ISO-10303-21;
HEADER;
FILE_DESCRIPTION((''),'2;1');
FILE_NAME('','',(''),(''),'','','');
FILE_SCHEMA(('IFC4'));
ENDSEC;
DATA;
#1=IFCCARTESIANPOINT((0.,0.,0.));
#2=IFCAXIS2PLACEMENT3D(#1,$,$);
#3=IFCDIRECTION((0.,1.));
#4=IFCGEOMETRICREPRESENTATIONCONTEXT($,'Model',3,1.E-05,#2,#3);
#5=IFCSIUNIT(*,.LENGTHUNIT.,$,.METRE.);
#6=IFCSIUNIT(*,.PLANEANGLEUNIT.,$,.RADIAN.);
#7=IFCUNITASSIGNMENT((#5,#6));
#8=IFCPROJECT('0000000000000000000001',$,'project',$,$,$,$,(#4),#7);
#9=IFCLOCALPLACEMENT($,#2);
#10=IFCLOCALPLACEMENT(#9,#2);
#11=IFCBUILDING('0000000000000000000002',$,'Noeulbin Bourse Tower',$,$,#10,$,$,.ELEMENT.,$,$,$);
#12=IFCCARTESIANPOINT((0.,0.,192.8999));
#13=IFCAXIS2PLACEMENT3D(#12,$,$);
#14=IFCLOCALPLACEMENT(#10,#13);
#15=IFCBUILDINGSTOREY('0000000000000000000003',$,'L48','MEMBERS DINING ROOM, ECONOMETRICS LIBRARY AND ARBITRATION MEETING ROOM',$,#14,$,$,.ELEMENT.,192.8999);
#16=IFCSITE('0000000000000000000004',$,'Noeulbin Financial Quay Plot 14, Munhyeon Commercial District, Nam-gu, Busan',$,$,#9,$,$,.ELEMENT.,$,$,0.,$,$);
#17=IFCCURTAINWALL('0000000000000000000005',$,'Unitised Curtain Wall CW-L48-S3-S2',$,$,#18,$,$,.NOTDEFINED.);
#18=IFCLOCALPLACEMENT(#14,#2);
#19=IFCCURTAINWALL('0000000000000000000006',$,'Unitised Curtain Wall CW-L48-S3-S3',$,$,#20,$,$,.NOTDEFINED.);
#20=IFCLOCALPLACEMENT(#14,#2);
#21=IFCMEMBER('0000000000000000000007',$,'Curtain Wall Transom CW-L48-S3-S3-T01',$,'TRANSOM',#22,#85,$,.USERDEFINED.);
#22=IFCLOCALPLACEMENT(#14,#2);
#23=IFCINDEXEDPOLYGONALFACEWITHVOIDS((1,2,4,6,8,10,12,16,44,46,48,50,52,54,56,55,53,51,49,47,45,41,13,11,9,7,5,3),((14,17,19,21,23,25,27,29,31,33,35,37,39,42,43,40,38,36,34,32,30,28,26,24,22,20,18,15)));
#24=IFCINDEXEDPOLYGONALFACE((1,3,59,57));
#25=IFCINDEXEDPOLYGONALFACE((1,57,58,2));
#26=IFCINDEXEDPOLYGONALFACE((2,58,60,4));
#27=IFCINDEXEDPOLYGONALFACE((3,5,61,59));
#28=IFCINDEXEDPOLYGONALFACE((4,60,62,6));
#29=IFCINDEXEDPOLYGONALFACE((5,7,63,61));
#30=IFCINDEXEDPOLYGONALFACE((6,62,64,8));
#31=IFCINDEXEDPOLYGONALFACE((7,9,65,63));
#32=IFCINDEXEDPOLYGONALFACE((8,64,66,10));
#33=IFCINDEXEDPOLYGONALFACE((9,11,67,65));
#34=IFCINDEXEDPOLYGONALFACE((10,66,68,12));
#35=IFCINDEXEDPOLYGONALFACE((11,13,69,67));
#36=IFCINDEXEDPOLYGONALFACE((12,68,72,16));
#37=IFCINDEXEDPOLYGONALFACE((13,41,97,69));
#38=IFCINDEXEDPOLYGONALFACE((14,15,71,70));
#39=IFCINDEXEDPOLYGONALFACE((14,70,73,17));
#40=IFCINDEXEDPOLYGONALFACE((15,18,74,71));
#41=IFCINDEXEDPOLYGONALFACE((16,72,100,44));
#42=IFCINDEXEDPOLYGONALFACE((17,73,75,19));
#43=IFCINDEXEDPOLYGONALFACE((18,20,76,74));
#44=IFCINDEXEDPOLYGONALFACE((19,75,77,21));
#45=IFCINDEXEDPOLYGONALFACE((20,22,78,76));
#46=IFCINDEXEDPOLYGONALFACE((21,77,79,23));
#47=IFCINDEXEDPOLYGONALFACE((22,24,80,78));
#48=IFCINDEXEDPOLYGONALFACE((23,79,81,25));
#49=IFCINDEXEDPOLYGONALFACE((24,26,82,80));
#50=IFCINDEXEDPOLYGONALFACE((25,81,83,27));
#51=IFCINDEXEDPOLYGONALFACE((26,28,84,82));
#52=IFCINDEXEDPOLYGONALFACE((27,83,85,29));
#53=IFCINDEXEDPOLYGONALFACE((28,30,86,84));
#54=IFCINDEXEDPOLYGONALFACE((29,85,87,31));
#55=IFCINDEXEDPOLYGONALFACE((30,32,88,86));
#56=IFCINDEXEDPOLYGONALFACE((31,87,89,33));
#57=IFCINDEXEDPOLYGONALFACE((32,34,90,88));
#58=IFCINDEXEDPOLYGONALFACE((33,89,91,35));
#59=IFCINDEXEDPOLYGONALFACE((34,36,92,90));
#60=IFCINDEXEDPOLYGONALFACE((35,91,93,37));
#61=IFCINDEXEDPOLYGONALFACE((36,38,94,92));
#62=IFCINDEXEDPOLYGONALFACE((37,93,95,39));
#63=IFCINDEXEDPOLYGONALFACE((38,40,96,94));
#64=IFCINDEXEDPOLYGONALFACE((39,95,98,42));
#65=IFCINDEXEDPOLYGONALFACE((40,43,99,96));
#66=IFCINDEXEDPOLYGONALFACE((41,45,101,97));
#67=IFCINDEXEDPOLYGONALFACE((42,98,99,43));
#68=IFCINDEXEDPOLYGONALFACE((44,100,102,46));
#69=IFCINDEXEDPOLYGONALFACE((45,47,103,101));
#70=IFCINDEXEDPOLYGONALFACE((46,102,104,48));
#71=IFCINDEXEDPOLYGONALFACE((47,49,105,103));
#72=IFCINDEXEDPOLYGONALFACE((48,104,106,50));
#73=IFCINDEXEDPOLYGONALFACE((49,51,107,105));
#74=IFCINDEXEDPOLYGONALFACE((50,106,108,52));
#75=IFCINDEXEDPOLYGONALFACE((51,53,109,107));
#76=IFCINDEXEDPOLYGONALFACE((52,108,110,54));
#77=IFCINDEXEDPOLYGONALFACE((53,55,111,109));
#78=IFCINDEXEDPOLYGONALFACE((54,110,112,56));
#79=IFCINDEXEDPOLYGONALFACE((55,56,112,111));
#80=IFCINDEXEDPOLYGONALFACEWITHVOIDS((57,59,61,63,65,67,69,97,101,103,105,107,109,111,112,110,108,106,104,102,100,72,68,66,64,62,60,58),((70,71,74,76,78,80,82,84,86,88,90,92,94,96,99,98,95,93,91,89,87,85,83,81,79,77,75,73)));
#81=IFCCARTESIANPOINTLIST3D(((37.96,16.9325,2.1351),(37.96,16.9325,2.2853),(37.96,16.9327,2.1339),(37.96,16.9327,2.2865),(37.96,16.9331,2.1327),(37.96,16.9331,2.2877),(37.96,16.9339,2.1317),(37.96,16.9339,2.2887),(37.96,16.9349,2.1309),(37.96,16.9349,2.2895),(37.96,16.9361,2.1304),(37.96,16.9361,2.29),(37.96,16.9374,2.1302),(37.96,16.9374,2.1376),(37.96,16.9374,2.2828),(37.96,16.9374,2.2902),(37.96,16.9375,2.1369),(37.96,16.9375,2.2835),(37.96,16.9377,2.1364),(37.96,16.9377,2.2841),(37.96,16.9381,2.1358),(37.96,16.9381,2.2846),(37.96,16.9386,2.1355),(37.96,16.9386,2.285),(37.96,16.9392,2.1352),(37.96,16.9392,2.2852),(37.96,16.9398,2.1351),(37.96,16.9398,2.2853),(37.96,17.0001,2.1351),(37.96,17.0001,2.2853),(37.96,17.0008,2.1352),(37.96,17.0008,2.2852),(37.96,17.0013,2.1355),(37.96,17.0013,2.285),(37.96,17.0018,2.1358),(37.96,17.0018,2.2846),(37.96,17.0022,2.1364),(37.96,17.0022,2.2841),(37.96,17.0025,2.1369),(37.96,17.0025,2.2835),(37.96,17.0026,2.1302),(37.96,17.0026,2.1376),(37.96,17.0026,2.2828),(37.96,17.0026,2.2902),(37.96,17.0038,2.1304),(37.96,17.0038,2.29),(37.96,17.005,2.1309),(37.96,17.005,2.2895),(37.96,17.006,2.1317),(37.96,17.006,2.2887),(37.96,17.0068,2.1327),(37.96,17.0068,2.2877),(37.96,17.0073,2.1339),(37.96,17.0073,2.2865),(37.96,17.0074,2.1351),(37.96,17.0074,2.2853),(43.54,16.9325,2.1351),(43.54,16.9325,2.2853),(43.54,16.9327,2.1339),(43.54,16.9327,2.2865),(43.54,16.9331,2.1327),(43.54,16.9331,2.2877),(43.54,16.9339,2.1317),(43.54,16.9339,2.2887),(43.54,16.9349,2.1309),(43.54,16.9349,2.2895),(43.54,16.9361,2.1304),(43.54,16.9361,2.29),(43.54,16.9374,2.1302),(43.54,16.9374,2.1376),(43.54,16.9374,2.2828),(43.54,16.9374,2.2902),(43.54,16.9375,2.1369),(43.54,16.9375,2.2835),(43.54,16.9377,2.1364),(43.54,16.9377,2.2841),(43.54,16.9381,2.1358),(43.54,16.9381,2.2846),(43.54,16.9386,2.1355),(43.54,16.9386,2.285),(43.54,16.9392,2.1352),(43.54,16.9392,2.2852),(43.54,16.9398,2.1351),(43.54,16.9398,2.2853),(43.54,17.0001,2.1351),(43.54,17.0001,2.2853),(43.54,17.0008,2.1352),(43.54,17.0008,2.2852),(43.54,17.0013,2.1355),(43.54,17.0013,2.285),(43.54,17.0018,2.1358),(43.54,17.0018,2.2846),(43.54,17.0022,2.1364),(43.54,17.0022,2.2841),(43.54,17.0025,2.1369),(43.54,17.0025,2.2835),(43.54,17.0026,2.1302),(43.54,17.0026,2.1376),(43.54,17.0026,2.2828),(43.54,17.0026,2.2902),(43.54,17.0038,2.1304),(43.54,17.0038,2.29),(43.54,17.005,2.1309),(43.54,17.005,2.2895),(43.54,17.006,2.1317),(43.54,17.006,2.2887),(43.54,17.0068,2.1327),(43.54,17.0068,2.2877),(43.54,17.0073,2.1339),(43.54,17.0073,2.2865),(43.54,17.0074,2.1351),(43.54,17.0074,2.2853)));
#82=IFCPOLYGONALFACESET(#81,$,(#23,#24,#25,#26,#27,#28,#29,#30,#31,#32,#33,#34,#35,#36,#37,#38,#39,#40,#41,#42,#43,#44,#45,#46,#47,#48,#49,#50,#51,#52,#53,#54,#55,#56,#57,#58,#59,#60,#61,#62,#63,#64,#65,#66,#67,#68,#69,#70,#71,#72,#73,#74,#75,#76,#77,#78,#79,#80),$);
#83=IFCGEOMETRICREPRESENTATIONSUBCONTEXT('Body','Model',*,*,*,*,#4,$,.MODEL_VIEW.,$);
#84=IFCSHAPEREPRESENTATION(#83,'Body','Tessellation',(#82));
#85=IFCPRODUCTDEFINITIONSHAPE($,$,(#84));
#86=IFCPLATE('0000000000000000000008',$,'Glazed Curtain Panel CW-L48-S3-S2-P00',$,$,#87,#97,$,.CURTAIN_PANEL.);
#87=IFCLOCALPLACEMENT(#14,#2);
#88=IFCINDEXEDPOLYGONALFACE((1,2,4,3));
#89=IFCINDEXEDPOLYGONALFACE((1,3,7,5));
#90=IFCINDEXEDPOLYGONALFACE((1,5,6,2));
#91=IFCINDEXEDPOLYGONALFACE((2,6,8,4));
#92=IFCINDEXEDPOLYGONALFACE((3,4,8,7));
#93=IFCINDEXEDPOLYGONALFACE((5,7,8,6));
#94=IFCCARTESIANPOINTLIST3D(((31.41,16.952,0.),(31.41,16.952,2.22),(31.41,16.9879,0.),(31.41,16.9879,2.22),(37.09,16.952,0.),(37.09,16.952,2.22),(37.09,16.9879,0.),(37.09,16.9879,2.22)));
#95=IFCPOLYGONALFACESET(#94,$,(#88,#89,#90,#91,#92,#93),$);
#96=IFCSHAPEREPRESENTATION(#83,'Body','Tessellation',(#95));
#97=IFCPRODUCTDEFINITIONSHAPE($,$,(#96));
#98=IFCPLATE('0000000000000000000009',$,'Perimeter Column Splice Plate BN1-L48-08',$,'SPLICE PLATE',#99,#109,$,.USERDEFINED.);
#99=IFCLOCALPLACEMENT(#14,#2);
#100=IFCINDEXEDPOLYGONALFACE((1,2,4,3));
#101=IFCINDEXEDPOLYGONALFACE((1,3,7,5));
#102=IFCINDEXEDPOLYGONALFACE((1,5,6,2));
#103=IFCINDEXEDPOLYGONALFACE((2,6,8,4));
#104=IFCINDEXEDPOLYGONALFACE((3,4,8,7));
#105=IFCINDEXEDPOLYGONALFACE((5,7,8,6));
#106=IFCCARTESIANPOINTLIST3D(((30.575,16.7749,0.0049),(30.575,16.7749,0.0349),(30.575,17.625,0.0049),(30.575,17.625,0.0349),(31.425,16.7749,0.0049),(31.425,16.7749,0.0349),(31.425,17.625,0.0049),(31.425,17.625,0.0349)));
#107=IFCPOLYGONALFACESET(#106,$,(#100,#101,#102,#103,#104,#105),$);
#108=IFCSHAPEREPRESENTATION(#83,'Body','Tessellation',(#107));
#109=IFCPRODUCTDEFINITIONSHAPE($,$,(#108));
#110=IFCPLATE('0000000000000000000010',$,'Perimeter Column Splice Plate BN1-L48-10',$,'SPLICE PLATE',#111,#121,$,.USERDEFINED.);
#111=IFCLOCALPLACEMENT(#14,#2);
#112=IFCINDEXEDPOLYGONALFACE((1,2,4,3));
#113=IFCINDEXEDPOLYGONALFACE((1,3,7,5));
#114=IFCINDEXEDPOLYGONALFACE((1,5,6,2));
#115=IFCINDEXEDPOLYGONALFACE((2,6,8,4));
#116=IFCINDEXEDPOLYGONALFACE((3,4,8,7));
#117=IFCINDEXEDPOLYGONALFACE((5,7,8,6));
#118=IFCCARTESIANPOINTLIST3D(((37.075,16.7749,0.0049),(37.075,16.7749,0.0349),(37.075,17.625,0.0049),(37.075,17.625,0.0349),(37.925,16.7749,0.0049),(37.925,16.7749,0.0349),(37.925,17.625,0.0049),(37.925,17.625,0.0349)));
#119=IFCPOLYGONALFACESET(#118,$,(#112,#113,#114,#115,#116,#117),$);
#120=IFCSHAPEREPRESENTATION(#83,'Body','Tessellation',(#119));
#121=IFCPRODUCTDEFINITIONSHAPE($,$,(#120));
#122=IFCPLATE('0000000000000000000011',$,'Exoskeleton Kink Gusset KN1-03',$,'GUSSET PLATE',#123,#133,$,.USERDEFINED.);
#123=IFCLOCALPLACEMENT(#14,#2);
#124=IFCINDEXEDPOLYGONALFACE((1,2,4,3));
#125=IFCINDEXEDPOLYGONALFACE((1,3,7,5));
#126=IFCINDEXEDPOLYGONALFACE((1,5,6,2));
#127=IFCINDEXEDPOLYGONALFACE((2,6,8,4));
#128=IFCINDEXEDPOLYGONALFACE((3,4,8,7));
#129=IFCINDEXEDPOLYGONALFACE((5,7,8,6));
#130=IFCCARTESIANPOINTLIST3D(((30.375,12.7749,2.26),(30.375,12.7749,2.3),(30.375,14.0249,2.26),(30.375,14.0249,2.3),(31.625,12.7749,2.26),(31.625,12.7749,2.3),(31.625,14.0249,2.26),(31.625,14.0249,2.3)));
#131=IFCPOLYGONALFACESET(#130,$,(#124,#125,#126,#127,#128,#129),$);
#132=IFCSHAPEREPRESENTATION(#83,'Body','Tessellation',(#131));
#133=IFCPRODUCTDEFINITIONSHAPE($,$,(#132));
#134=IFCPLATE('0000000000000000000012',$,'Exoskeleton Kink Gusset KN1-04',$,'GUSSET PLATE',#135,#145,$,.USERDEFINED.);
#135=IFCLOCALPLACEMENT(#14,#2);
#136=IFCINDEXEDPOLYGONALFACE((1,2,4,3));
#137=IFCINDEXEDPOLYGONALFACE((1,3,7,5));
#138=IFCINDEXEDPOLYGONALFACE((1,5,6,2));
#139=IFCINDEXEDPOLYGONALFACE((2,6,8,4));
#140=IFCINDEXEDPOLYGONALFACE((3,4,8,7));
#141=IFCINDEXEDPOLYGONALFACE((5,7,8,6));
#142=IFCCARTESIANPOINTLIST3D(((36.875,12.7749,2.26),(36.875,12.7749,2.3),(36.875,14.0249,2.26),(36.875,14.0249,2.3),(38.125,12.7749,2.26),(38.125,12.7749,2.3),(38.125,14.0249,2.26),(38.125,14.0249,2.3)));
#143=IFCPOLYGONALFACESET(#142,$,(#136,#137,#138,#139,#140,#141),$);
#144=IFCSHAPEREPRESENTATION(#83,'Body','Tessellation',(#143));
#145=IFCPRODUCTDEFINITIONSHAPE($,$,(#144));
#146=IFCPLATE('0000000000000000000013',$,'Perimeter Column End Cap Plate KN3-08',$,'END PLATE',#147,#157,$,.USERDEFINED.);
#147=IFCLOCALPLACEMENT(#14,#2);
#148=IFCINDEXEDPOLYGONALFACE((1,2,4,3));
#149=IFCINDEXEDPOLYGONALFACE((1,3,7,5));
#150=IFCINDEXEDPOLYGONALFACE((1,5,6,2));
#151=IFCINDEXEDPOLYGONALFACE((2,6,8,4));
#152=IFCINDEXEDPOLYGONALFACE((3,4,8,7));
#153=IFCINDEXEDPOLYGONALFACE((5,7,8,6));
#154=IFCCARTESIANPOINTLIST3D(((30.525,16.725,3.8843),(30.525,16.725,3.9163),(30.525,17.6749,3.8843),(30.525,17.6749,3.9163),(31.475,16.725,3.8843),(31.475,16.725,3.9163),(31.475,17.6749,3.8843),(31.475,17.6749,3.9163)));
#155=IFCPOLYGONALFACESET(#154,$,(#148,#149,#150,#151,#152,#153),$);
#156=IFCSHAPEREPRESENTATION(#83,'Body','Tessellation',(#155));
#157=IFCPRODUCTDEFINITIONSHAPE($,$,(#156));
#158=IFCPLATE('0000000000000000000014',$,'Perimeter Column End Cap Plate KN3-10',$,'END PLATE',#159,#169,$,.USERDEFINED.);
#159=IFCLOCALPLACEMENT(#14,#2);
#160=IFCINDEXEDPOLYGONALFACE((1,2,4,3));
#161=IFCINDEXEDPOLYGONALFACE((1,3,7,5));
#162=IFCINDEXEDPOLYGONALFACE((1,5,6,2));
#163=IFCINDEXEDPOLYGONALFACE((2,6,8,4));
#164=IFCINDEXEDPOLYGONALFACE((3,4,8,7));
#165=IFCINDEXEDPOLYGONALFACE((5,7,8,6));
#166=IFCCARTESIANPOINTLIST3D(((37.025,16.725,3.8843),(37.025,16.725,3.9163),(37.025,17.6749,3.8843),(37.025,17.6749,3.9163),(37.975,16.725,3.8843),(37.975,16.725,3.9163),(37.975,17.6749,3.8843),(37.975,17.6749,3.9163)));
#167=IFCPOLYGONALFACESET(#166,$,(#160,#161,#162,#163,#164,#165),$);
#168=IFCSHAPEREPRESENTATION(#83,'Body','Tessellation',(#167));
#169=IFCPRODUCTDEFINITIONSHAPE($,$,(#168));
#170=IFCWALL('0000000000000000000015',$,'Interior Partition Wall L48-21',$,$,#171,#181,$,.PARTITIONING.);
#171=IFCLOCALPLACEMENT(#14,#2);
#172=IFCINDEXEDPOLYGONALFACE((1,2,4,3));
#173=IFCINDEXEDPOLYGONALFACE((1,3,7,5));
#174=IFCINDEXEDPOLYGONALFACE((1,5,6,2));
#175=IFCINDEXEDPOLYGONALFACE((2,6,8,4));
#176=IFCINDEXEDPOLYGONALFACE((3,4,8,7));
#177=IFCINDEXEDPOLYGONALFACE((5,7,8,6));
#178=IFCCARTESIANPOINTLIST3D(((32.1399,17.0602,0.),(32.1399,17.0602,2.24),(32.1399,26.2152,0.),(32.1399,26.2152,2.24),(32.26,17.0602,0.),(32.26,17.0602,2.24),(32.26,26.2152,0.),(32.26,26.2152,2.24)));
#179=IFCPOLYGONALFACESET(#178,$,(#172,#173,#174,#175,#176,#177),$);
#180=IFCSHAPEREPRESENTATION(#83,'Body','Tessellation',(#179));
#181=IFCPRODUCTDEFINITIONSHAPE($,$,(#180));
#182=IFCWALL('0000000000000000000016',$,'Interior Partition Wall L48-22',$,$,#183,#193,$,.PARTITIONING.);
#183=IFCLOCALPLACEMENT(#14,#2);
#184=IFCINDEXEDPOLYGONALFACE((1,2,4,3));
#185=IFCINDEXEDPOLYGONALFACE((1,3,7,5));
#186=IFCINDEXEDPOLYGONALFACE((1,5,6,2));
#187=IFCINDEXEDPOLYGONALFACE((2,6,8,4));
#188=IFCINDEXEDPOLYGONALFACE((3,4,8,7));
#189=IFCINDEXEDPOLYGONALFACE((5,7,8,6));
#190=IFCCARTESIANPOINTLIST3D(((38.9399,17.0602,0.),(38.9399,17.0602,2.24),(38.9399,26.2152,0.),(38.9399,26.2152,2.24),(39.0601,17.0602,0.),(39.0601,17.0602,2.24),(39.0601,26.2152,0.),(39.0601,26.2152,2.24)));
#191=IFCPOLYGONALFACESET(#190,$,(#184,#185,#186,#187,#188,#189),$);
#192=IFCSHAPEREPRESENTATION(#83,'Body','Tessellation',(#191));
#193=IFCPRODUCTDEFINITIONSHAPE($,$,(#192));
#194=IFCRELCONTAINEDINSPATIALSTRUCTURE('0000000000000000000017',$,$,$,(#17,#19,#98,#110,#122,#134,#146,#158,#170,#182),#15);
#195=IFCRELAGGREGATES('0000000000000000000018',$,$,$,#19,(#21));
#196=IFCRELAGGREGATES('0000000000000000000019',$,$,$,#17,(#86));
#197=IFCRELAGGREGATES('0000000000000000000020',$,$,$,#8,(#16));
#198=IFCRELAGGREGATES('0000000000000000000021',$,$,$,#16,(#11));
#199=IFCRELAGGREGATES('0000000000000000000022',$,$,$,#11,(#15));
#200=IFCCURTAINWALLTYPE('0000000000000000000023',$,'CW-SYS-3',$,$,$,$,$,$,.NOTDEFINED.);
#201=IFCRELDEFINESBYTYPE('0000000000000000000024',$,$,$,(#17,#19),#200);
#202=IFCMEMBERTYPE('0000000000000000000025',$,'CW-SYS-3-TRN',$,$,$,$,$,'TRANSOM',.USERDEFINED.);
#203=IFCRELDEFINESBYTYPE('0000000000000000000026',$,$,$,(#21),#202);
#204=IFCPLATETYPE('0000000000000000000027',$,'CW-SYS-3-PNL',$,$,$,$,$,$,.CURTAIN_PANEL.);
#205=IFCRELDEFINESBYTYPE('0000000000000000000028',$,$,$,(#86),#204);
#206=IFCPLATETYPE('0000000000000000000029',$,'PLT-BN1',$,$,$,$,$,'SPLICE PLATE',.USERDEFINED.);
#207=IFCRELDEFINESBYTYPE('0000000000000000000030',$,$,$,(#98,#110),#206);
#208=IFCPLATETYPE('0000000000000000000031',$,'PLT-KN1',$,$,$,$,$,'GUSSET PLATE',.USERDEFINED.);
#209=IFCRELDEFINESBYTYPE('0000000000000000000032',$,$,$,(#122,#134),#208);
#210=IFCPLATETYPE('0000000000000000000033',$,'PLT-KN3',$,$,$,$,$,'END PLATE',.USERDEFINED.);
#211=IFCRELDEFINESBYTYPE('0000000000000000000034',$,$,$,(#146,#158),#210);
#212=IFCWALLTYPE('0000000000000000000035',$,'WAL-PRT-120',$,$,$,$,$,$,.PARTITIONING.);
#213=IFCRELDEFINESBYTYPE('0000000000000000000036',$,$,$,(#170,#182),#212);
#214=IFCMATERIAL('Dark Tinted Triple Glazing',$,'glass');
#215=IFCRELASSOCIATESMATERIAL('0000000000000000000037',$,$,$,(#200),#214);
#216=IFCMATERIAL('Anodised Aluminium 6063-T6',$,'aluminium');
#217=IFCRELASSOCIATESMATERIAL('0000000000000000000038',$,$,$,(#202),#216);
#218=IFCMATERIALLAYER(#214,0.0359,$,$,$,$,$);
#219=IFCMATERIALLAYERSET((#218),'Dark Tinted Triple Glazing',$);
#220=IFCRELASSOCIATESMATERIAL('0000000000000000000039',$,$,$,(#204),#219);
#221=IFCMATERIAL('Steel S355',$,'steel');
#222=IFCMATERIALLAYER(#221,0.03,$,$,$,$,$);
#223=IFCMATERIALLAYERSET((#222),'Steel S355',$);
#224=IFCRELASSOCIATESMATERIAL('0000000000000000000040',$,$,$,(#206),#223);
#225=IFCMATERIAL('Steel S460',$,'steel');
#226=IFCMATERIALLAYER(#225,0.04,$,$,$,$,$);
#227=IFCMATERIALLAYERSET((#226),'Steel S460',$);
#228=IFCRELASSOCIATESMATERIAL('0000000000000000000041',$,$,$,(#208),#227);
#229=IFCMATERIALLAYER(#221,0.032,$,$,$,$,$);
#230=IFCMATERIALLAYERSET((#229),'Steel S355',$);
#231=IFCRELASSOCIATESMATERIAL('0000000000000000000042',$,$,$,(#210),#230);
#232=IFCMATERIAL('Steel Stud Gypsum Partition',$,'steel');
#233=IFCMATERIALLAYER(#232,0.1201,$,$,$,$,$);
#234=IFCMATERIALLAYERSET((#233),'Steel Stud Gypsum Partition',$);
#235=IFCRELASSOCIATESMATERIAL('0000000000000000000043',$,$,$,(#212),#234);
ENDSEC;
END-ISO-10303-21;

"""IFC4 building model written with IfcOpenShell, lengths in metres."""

from ifc_helpers import new_model, si_unit, direction, frame, frame_2d, origin, origin_2d, place, context, subcontext, project, spatial, rectangle, hollow_rectangle, extrude, material, layer, layer_set, material_profile, profile_set, type_object, element, aggregate, save


model = new_model("IFC4")

# Units and contexts
model_context = context("Model", 3, precision=1e-05, world=origin(), true_north=direction((0.0, 1.0)))
body_context = subcontext(model_context, "Body", "Model", "MODEL_VIEW")
ifc_project = project(units=[si_unit("LENGTHUNIT", "METRE"), si_unit("PLANEANGLEUNIT", "RADIAN")], contexts=[model_context])

# Site, building, storey
site_placement = place(None, origin())
site = spatial("IfcSite", under=ifc_project, at=site_placement, Name="Noeulbin Financial Quay Plot 14, Munhyeon Commercial District, Nam-gu, Busan", CompositionType="ELEMENT", RefElevation=0.0)
building_placement = place(site_placement, origin())
building = spatial("IfcBuilding", under=site, at=building_placement, Name="Noeulbin Bourse Tower", CompositionType="ELEMENT")
storey_placement = place(building_placement, frame((0.0, 0.0, 192.8999)))
storey = spatial("IfcBuildingStorey", under=building, at=storey_placement, Name="L48", Description="MEMBERS DINING ROOM, ECONOMETRICS LIBRARY AND ARBITRATION MEETING ROOM", CompositionType="ELEMENT", Elevation=192.8999)

# Shared definitions
ifc_material_1 = material(Name="Steel S355", Category="steel")

# Shared definitions
ifc_material_2 = material(Name="Steel S460", Category="steel")

# Curtain wall
ifc_material_3 = material(Name="Dark Tinted Triple Glazing", Category="glass")
curtain_wall_type = type_object("IfcCurtainWallType", Name="CW-SYS-3", PredefinedType="NOTDEFINED", material=ifc_material_3)
curtain_wall_1_placement = place(storey_placement, origin())
curtain_wall_1 = element("IfcCurtainWall", 1, at=curtain_wall_1_placement, inside=storey, type_object=curtain_wall_type, Name="Unitised Curtain Wall CW-L48-S3-S2", PredefinedType="NOTDEFINED")
ifc_material_4 = material(Name="Anodised Aluminium 6063-T6", Category="aluminium")

# Curtain wall
curtain_wall_2_placement = place(storey_placement, origin())
curtain_wall_2 = element("IfcCurtainWall", 2, at=curtain_wall_2_placement, inside=storey, type_object=curtain_wall_type, Name="Unitised Curtain Wall CW-L48-S3-S3", PredefinedType="NOTDEFINED")

# Member
ifc_material_profile_1 = material_profile(ifc_material_4, hollow_rectangle(XDim=0.075, YDim=0.1599, WallThickness=0.0049, InnerFilletRadius=0.0024, OuterFilletRadius=0.0049, at=origin_2d()), Name="ALU-TRAN-75x160x5", Category="LoadBearing")
ifc_profile_set_1 = profile_set([ifc_material_profile_1], Name="Anodised Aluminium 6063-T6")
member_type_1 = type_object("IfcMemberType", Name="CW-SYS-3-TRN", ElementType="TRANSOM", PredefinedType="USERDEFINED", material=ifc_profile_set_1)
member_1_placement = place(storey_placement, frame((37.96, 16.97, 2.2102), z_axis=(1.0, 0.0, 0.0), x_axis=(0.0, 1.0, 0.0)))
member_1 = element("IfcMember", 3, at=member_1_placement, type_object=member_type_1, Name="Curtain Wall Transom CW-L48-S3-S3-T01", ObjectType="TRANSOM", PredefinedType="USERDEFINED", context=body_context, shape_type="SweptSolid", body=[
    extrude(hollow_rectangle(XDim=0.075, YDim=0.1599, WallThickness=0.0049, InnerFilletRadius=0.0024, OuterFilletRadius=0.0049, at=origin_2d()), origin(), (0.0, 0.0, 1.0), 5.5801),
])
aggregate(curtain_wall_2, [member_1])

# Plate
ifc_layer_1 = layer(ifc_material_3, 0.0359)
ifc_layer_set_1 = layer_set([ifc_layer_1], Name="Dark Tinted Triple Glazing")
plate_type_1 = type_object("IfcPlateType", Name="CW-SYS-3-PNL", PredefinedType="CURTAIN_PANEL", material=ifc_layer_set_1)
plate_placement = place(storey_placement, frame((34.25, 16.97, 0.0), z_axis=(0.0, 0.0, 1.0), x_axis=(1.0, 0.0, 0.0)))
plate = element("IfcPlate", 4, at=plate_placement, type_object=plate_type_1, Name="Glazed Curtain Panel CW-L48-S3-S2-P00", PredefinedType="CURTAIN_PANEL", context=body_context, shape_type="SweptSolid", body=[
    extrude(rectangle(XDim=5.6799, YDim=0.0359, at=origin_2d()), origin(), (0.0, 0.0, 1.0), 2.22),
])
aggregate(curtain_wall_1, [plate])

# Plates
ifc_layer_2 = layer(ifc_material_1, 0.03)
ifc_layer_set_2 = layer_set([ifc_layer_2], Name="Steel S355")
plate_type_2 = type_object("IfcPlateType", Name="PLT-BN1", ElementType="SPLICE PLATE", PredefinedType="USERDEFINED", material=ifc_layer_set_2)
for number, where, z_axis, x_axis, name in (
    (5, (31.0, 17.2, 0.0049), (0.0, 0.0, 1.0), (1.0, 0.0, 0.0), "Perimeter Column Splice Plate BN1-L48-08"),
    (6, (37.5, 17.2, 0.0049), (0.0, 0.0, 1.0), (1.0, 0.0, 0.0), "Perimeter Column Splice Plate BN1-L48-10"),
):
    element("IfcPlate", number, at=place(storey_placement, frame(where, z_axis=z_axis, x_axis=x_axis)), inside=storey, type_object=plate_type_2, Name=name, ObjectType="SPLICE PLATE", PredefinedType="USERDEFINED", context=body_context, shape_type="SweptSolid", body=[
        extrude(rectangle(XDim=0.8501, YDim=0.8501, at=origin_2d()), origin(), (0.0, 0.0, 1.0), 0.03),
    ])
ifc_layer_3 = layer(ifc_material_2, 0.04)
ifc_layer_set_3 = layer_set([ifc_layer_3], Name="Steel S460")
plate_type_3 = type_object("IfcPlateType", Name="PLT-KN1", ElementType="GUSSET PLATE", PredefinedType="USERDEFINED", material=ifc_layer_set_3)
for number, where, z_axis, x_axis, name in (
    (7, (31.0, 13.3999, 2.26), (0.0, 0.0, 1.0), (1.0, 0.0, 0.0), "Exoskeleton Kink Gusset KN1-03"),
    (8, (37.5, 13.3999, 2.26), (0.0, 0.0, 1.0), (1.0, 0.0, 0.0), "Exoskeleton Kink Gusset KN1-04"),
):
    element("IfcPlate", number, at=place(storey_placement, frame(where, z_axis=z_axis, x_axis=x_axis)), inside=storey, type_object=plate_type_3, Name=name, ObjectType="GUSSET PLATE", PredefinedType="USERDEFINED", context=body_context, shape_type="SweptSolid", body=[
        extrude(rectangle(XDim=1.25, YDim=1.25, at=origin_2d()), origin(), (0.0, 0.0, 1.0), 0.04),
    ])
ifc_layer_4 = layer(ifc_material_1, 0.032)
ifc_layer_set_4 = layer_set([ifc_layer_4], Name="Steel S355")
plate_type_4 = type_object("IfcPlateType", Name="PLT-KN3", ElementType="END PLATE", PredefinedType="USERDEFINED", material=ifc_layer_set_4)
for number, where, z_axis, x_axis, name in (
    (9, (31.0, 17.2, 3.8843), (0.0, 0.0, 1.0), (1.0, 0.0, 0.0), "Perimeter Column End Cap Plate KN3-08"),
    (10, (37.5, 17.2, 3.8843), (0.0, 0.0, 1.0), (1.0, 0.0, 0.0), "Perimeter Column End Cap Plate KN3-10"),
):
    element("IfcPlate", number, at=place(storey_placement, frame(where, z_axis=z_axis, x_axis=x_axis)), inside=storey, type_object=plate_type_4, Name=name, ObjectType="END PLATE", PredefinedType="USERDEFINED", context=body_context, shape_type="SweptSolid", body=[
        extrude(rectangle(XDim=0.95, YDim=0.95, at=origin_2d()), origin(), (0.0, 0.0, 1.0), 0.032),
    ])

# Walls
ifc_material_5 = material(Name="Steel Stud Gypsum Partition", Category="steel")
ifc_layer_5 = layer(ifc_material_5, 0.1201)
ifc_layer_set_5 = layer_set([ifc_layer_5], Name="Steel Stud Gypsum Partition")
wall_type = type_object("IfcWallType", Name="WAL-PRT-120", PredefinedType="PARTITIONING", material=ifc_layer_set_5)
for number, where, z_axis, x_axis, name in (
    (11, (32.2, 17.0601, 0.0), (0.0, 0.0, 1.0), (0.0, 1.0, 0.0), "Interior Partition Wall L48-21"),
    (12, (39.0, 17.0601, 0.0), (0.0, 0.0, 1.0), (0.0, 1.0, 0.0), "Interior Partition Wall L48-22"),
):
    element("IfcWall", number, at=place(storey_placement, frame(where, z_axis=z_axis, x_axis=x_axis)), inside=storey, type_object=wall_type, Name=name, PredefinedType="PARTITIONING", context=body_context, shape_type="SweptSolid", body=[
        extrude(rectangle(XDim=9.155, YDim=0.1201, at=frame_2d((4.5776, 0.0))), origin(), (0.0, 0.0, 1.0), 2.24),
    ])

save(model, "model.ifc")
